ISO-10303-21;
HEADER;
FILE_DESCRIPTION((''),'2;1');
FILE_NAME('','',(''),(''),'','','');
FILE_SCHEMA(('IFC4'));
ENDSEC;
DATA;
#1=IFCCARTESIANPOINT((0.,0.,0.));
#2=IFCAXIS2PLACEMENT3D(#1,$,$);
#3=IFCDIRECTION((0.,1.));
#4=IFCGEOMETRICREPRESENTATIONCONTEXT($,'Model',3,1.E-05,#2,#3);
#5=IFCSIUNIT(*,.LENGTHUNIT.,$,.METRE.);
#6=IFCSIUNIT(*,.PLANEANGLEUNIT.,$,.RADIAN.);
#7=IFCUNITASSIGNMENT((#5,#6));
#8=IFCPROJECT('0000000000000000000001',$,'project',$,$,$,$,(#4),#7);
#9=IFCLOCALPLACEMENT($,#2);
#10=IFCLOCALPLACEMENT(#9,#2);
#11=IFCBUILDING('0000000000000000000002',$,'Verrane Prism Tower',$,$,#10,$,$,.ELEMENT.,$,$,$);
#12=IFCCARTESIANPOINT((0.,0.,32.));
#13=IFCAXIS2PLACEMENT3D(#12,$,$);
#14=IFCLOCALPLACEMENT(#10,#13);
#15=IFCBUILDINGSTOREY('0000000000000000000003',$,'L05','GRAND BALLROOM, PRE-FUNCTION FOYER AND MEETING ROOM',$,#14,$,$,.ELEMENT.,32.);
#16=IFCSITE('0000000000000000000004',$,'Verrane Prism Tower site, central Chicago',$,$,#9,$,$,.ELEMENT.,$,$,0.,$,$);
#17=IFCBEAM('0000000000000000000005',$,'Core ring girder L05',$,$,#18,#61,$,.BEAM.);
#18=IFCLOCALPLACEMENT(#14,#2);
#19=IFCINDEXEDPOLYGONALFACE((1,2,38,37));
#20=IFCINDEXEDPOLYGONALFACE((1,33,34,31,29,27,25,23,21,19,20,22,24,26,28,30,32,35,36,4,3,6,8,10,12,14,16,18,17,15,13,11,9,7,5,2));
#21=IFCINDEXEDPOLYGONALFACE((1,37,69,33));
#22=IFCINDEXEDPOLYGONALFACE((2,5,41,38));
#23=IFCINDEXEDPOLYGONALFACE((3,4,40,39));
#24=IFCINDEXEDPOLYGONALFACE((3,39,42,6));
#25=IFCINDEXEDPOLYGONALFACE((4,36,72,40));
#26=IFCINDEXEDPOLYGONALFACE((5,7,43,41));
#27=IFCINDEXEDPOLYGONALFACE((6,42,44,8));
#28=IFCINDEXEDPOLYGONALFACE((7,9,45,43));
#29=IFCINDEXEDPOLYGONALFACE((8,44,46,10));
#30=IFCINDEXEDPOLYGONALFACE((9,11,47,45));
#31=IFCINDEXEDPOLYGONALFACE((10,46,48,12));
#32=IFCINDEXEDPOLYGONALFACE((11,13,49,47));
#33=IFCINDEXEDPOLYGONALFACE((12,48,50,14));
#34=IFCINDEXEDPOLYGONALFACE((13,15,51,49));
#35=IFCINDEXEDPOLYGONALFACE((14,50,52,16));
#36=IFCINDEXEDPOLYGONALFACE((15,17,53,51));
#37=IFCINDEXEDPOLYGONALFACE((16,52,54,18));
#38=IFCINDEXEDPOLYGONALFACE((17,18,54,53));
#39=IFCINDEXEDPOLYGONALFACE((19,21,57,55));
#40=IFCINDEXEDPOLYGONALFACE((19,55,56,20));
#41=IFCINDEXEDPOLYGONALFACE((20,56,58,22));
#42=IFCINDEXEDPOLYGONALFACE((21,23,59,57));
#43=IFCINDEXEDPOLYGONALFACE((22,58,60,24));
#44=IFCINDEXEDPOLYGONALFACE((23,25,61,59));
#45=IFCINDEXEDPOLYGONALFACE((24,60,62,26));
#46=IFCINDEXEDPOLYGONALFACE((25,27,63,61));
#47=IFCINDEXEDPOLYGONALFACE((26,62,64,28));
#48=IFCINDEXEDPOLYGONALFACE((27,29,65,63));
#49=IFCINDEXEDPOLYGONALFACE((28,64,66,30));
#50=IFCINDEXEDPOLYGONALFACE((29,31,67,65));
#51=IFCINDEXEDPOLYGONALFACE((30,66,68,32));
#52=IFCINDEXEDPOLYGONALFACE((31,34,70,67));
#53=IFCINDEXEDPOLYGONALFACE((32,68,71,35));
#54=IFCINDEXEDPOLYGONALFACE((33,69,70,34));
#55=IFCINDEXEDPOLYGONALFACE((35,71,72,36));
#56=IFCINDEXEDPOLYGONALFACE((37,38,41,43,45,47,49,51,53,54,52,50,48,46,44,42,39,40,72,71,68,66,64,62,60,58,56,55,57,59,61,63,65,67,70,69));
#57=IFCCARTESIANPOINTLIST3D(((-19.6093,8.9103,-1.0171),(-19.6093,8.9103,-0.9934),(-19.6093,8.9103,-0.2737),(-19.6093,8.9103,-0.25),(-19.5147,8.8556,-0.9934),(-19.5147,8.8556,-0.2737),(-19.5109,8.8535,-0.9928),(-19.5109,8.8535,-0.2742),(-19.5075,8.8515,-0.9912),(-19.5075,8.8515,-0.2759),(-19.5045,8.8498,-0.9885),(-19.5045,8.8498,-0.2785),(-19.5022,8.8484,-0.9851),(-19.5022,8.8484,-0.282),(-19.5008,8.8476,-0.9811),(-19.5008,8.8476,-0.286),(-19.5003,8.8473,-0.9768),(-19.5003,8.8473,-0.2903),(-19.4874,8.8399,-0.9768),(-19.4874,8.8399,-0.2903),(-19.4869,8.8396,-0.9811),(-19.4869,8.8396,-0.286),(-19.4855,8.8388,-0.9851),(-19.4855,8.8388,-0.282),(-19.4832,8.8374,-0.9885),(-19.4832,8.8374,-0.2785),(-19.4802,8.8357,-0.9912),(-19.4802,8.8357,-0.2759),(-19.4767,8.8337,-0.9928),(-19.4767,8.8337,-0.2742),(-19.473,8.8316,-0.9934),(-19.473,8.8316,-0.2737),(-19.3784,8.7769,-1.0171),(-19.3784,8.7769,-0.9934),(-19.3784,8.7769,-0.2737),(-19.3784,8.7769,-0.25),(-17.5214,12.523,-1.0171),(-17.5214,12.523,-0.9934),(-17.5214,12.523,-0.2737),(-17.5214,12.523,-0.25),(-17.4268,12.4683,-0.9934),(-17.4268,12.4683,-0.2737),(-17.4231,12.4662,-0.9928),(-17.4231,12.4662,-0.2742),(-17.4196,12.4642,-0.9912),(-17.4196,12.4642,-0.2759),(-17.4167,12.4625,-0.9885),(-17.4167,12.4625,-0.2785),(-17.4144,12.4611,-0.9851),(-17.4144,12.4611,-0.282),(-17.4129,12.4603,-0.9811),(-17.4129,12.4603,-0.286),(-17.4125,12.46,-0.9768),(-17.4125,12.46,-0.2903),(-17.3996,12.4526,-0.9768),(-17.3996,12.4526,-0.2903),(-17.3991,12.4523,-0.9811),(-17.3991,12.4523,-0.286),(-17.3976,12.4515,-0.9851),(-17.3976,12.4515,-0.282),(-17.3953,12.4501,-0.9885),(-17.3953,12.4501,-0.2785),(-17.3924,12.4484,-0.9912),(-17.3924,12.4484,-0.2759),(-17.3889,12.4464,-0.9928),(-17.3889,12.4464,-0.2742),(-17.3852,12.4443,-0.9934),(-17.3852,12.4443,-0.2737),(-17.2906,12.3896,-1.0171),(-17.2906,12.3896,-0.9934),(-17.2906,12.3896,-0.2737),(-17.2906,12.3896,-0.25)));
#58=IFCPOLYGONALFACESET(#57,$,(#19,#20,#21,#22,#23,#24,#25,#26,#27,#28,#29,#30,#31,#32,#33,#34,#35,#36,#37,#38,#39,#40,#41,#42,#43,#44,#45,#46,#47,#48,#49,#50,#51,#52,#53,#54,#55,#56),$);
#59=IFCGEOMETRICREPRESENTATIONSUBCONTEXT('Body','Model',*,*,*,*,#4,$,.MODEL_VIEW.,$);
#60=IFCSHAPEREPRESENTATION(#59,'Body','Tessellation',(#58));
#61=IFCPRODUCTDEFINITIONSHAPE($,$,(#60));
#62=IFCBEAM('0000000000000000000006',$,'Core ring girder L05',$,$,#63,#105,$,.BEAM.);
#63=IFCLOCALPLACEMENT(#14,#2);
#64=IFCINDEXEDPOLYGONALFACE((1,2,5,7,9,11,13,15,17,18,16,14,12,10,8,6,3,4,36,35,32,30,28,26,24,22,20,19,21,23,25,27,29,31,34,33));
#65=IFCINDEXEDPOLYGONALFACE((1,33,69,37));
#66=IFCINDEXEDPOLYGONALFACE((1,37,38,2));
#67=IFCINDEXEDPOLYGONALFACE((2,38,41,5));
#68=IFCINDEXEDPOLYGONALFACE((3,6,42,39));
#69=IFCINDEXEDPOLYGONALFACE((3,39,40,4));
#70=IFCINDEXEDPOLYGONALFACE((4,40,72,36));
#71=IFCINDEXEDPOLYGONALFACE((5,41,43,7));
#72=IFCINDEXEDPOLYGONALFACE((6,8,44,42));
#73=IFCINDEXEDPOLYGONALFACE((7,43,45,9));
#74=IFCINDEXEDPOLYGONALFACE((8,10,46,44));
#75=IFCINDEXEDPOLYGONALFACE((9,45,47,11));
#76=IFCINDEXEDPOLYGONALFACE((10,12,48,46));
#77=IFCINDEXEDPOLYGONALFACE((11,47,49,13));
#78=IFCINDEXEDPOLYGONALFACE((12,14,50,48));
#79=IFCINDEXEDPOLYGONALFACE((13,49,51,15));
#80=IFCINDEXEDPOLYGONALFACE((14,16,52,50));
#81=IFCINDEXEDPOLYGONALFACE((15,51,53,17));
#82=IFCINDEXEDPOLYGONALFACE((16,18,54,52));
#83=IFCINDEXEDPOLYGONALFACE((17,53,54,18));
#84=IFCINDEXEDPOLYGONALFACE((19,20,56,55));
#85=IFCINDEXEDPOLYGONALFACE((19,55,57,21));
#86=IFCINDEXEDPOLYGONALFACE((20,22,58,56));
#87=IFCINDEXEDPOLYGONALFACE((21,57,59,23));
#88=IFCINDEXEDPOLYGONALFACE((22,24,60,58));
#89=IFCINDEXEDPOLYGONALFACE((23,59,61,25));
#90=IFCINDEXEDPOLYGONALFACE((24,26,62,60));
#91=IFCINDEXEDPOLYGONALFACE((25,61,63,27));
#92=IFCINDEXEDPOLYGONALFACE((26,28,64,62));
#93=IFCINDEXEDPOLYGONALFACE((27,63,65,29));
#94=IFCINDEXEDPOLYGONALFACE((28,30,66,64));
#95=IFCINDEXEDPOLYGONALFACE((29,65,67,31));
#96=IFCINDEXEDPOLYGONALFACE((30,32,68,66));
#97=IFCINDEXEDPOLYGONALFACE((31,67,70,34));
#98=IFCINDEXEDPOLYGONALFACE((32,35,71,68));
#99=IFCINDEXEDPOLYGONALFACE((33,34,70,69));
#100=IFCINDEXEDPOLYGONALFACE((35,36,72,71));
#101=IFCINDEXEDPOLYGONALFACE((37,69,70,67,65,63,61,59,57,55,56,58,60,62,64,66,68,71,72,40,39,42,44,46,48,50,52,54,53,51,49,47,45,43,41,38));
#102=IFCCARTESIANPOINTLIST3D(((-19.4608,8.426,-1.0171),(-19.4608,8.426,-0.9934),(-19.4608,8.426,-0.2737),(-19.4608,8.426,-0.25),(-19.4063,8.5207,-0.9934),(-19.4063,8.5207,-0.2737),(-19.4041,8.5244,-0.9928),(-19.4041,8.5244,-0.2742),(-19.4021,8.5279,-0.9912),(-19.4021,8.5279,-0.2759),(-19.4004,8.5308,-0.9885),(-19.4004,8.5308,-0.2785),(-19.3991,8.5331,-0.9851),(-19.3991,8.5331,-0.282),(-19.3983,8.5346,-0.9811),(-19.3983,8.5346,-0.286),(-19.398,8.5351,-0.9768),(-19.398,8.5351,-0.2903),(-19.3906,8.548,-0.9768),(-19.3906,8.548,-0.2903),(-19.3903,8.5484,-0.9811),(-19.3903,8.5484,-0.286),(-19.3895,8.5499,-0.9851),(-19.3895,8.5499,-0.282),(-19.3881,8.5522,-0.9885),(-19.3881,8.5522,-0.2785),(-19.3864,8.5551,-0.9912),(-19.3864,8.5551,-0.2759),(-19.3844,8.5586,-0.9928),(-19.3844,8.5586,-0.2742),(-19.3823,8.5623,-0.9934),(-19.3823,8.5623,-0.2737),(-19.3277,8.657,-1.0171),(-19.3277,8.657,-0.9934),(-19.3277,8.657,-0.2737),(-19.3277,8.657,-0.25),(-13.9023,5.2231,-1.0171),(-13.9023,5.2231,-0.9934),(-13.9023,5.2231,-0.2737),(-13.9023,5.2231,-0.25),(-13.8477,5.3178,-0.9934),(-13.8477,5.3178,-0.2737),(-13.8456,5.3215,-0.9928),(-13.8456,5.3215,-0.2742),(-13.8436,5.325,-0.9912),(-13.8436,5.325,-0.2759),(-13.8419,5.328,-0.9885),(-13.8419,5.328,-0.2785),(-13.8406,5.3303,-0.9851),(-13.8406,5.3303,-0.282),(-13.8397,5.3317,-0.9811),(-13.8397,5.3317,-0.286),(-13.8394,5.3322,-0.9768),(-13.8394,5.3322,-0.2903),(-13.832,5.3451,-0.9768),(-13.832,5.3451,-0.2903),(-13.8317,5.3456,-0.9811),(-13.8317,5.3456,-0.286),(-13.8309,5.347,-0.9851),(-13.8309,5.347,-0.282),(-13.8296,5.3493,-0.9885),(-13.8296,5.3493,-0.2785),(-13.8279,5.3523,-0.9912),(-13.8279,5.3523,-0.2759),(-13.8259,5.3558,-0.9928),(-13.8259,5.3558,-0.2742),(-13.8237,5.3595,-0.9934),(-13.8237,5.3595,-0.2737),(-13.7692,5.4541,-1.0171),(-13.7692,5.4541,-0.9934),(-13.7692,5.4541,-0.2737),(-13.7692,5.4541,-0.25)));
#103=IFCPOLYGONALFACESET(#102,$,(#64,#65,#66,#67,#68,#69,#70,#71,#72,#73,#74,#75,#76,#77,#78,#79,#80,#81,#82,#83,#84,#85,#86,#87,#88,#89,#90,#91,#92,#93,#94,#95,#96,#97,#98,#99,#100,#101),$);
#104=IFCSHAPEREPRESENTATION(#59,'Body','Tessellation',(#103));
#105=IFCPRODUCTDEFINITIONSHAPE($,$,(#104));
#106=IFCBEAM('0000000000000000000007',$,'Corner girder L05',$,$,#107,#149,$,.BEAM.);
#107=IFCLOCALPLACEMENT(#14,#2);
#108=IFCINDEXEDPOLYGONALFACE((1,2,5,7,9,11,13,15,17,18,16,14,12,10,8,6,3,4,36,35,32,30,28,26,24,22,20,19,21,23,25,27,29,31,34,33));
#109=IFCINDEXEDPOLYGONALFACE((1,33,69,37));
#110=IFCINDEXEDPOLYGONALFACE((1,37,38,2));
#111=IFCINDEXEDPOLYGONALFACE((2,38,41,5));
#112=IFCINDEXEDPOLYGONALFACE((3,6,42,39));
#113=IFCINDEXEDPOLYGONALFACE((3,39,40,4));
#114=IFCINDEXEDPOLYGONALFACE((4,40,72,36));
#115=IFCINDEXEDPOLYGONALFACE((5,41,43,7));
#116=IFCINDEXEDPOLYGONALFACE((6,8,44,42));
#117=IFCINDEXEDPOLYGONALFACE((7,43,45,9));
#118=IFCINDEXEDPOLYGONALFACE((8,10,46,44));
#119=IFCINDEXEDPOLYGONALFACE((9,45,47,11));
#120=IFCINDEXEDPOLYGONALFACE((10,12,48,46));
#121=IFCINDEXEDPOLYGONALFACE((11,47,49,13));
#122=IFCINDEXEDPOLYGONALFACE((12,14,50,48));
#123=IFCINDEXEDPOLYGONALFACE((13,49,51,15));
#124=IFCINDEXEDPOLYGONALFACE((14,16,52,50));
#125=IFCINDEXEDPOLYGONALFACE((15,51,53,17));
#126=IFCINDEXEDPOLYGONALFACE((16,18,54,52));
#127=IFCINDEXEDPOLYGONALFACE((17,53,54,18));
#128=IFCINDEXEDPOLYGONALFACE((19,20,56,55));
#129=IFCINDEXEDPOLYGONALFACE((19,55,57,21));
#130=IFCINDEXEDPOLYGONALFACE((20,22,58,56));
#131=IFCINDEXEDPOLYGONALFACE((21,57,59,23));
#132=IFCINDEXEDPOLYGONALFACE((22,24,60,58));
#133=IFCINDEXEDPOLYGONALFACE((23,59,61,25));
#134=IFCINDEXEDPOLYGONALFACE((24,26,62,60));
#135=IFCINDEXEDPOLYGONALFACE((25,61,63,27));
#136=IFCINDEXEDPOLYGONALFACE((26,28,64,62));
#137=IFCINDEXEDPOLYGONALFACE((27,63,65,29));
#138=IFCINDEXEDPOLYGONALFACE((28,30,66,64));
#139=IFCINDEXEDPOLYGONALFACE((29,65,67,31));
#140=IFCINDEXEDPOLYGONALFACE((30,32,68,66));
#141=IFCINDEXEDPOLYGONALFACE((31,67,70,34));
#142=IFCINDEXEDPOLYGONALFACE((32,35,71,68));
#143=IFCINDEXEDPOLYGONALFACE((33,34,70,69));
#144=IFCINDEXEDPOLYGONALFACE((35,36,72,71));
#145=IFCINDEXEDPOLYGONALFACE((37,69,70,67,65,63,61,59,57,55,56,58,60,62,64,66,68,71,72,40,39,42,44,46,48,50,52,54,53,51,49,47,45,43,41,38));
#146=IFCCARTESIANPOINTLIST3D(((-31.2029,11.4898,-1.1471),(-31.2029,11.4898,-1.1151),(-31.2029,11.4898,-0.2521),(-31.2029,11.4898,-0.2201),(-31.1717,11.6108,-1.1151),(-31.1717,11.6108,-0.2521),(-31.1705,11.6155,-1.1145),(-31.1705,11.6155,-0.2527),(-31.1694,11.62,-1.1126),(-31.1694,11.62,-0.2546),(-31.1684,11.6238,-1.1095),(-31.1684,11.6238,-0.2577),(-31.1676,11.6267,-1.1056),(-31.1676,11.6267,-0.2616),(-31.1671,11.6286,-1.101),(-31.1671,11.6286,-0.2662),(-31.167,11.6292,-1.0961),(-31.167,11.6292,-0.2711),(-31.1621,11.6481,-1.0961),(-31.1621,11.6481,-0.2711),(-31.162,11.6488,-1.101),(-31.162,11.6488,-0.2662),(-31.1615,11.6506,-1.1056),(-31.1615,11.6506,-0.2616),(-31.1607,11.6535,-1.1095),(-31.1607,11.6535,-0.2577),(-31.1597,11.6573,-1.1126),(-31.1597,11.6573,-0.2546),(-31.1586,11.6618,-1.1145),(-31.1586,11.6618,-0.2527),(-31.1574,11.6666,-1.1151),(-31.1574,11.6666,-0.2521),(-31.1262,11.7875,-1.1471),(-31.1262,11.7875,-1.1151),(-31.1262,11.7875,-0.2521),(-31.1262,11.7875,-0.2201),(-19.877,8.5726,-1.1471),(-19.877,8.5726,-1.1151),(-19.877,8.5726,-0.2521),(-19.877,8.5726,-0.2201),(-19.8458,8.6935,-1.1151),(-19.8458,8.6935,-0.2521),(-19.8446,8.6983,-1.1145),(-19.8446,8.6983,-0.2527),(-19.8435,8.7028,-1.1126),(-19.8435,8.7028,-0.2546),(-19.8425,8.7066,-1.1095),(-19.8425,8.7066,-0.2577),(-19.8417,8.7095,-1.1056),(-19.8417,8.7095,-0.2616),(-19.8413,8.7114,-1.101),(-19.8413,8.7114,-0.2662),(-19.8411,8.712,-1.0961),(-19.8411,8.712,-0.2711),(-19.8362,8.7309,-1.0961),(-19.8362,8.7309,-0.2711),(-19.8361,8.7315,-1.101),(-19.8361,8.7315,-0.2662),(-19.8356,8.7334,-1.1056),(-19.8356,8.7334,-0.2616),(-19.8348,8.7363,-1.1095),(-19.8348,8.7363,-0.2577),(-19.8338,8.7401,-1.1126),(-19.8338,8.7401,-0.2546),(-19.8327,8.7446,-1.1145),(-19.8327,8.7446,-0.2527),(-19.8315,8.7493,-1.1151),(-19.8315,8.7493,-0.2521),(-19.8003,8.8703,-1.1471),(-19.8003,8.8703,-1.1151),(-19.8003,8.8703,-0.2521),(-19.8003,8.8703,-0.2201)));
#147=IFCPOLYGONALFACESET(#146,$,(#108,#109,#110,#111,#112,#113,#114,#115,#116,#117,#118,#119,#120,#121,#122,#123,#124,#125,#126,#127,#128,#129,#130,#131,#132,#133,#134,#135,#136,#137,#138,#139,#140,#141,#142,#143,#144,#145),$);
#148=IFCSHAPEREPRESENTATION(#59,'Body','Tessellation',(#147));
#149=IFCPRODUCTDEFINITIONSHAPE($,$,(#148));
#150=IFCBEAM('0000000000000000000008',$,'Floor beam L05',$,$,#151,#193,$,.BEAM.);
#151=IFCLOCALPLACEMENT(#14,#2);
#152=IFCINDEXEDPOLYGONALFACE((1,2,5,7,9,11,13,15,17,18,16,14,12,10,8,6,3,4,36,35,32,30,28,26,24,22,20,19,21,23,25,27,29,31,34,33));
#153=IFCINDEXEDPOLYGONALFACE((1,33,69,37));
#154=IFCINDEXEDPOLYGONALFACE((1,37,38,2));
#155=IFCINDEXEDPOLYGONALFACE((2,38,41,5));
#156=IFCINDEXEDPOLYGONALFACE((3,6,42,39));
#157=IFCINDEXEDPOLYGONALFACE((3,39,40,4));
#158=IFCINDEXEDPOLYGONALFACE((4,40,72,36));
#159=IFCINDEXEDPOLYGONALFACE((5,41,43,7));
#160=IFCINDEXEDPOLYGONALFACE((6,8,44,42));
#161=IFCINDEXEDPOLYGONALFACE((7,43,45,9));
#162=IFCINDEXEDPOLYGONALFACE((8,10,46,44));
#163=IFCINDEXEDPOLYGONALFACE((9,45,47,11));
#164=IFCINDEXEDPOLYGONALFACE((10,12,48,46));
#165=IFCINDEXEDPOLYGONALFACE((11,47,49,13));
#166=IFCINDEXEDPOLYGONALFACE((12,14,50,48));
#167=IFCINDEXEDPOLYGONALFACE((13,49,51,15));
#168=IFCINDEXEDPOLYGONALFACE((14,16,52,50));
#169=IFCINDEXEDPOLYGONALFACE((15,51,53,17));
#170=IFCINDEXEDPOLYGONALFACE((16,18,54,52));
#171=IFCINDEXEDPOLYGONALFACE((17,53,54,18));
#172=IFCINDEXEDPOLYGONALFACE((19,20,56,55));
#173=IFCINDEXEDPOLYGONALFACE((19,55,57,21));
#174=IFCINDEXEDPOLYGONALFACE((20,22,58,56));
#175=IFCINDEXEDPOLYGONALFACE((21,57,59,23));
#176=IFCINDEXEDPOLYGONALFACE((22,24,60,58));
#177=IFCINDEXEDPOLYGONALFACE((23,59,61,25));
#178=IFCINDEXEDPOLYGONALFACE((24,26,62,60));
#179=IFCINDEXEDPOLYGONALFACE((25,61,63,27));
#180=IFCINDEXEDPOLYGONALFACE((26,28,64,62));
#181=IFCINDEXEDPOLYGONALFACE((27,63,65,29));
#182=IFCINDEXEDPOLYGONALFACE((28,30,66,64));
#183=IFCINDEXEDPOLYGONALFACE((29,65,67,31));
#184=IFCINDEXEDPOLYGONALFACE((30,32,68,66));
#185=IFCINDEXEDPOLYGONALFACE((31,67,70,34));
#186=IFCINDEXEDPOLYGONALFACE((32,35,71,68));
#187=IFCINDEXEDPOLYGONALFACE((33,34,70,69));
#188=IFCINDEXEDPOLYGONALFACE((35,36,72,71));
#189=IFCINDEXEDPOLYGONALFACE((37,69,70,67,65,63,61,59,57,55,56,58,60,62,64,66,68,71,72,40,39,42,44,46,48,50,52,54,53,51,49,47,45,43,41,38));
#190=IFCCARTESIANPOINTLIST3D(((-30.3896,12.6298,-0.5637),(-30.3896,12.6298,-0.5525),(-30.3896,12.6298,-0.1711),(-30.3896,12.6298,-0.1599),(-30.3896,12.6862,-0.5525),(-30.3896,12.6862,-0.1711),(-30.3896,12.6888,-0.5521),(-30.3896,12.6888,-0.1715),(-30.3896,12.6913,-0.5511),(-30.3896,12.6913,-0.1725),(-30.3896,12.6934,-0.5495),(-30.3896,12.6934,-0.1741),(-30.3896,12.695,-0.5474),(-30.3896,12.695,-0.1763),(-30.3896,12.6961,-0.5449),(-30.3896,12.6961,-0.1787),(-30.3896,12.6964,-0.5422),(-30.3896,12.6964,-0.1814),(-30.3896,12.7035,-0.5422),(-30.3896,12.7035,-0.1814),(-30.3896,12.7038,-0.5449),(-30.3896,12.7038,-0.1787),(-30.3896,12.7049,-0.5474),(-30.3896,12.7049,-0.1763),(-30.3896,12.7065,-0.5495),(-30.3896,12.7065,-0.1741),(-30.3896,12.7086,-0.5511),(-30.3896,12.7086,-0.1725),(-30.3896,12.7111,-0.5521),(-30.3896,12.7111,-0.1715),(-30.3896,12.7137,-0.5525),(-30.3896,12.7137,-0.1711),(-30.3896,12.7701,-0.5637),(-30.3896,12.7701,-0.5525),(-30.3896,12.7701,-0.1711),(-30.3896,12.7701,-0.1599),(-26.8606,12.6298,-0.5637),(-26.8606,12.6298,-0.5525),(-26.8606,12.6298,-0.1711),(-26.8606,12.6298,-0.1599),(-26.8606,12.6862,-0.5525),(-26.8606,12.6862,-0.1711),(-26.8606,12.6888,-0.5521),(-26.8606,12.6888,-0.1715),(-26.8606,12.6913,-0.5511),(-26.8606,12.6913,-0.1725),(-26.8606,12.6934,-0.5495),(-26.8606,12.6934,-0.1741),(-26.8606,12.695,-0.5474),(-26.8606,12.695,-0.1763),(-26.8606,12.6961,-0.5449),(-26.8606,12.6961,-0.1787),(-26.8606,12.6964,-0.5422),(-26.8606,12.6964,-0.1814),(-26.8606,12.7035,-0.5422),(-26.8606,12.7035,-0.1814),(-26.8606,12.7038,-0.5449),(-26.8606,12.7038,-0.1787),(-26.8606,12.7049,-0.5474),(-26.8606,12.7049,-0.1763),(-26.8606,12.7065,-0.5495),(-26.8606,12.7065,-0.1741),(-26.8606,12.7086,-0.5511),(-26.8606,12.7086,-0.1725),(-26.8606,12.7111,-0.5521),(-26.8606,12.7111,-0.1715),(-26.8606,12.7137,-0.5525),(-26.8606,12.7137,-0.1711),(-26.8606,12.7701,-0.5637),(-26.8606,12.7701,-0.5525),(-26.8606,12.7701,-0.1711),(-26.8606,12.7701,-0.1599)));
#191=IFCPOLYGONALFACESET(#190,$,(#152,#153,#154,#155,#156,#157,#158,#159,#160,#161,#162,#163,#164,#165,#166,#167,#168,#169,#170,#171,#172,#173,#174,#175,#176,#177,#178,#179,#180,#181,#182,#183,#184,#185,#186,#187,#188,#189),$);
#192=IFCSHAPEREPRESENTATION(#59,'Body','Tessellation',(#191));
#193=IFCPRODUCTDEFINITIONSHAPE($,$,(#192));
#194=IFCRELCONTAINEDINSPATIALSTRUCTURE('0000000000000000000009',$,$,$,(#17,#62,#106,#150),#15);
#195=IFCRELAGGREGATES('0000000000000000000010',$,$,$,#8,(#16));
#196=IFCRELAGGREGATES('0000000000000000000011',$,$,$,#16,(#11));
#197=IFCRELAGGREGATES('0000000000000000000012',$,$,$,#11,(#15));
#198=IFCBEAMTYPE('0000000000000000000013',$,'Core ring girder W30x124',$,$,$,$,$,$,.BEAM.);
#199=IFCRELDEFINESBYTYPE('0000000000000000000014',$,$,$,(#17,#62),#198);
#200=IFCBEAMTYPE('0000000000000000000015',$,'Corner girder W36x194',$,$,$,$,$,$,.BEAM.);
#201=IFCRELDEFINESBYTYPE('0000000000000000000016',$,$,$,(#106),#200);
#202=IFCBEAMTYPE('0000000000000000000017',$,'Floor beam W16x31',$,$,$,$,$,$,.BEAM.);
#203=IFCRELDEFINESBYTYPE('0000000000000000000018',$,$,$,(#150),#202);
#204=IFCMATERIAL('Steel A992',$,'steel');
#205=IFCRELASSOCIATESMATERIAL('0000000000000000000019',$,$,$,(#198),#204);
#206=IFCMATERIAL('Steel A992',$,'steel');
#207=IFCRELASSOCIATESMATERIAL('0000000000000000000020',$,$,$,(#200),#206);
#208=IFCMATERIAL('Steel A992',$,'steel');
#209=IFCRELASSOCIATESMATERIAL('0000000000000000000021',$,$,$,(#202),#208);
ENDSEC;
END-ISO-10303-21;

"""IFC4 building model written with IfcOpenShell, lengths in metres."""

from ifc_helpers import new_model, si_unit, direction, frame, origin, origin_2d, place, context, subcontext, project, spatial, i_section, extrude, material, material_profile, profile_set, type_object, element, save


model = new_model("IFC4")

# Units and contexts
model_context = context("Model", 3, precision=1e-05, world=origin(), true_north=direction((0.0, 1.0)))
body_context = subcontext(model_context, "Body", "Model", "MODEL_VIEW")
ifc_project = project(units=[si_unit("LENGTHUNIT", "METRE"), si_unit("PLANEANGLEUNIT", "RADIAN")], contexts=[model_context])

# Site, building, storey
site_placement = place(None, origin())
site = spatial("IfcSite", under=ifc_project, at=site_placement, Name="Verrane Prism Tower site, central Chicago", CompositionType="ELEMENT", RefElevation=0.0)
building_placement = place(site_placement, origin())
building = spatial("IfcBuilding", under=site, at=building_placement, Name="Verrane Prism Tower", CompositionType="ELEMENT")
storey_placement = place(building_placement, frame((0.0, 0.0, 32.0)))
storey = spatial("IfcBuildingStorey", under=building, at=storey_placement, Name="L05", Description="GRAND BALLROOM, PRE-FUNCTION FOYER AND MEETING ROOM", CompositionType="ELEMENT", Elevation=32.0)

# Beams
ifc_material_1 = material(Name="Steel A992", Category="steel")
ifc_material_profile_1 = material_profile(ifc_material_1, i_section(OverallWidth=0.2666, OverallDepth=0.7671, WebThickness=0.0149, FlangeThickness=0.0237, FilletRadius=0.0166, at=origin_2d()), Name="W30x124")
ifc_profile_set_1 = profile_set([ifc_material_profile_1], Name="Steel A992")
beam_type_1 = type_object("IfcBeamType", Name="Core ring girder W30x124", PredefinedType="BEAM", material=ifc_profile_set_1)
beam_1_placement = place(storey_placement, frame((-17.406, 12.4563, -0.6335), z_axis=(-0.500367, -0.865813, 0.0), x_axis=(0.865813, -0.500367, 0.0)))
element("IfcBeam", 1, at=beam_1_placement, inside=storey, type_object=beam_type_1, Name="Core ring girder L05", PredefinedType="BEAM", context=body_context, shape_type="SweptSolid", body=[
    extrude(i_section(OverallWidth=0.2666, OverallDepth=0.7671, WebThickness=0.0149, FlangeThickness=0.0237, FilletRadius=0.0166, at=origin_2d()), origin(), (0.0, 0.0, 1.0), 4.1726),
])
beam_2_placement = place(storey_placement, frame((-19.3943, 8.5415, -0.6335), z_axis=(0.866455, -0.499255, 0.0), x_axis=(0.499255, 0.866455, 0.0)))
element("IfcBeam", 2, at=beam_2_placement, inside=storey, type_object=beam_type_1, Name="Core ring girder L05", PredefinedType="BEAM", context=body_context, shape_type="SweptSolid", body=[
    extrude(i_section(OverallWidth=0.2666, OverallDepth=0.7671, WebThickness=0.0149, FlangeThickness=0.0237, FilletRadius=0.0166, at=origin_2d()), origin(), (0.0, 0.0, 1.0), 6.4153),
])
ifc_material_2 = material(Name="Steel A992", Category="steel")
ifc_material_profile_2 = material_profile(ifc_material_2, i_section(OverallWidth=0.3074, OverallDepth=0.927, WebThickness=0.0195, FlangeThickness=0.032, FilletRadius=0.019, at=origin_2d()), Name="W36x194")
ifc_profile_set_2 = profile_set([ifc_material_profile_2], Name="Steel A992")
beam_type_2 = type_object("IfcBeamType", Name="Corner girder W36x194", PredefinedType="BEAM", material=ifc_profile_set_2)
beam_3_placement = place(storey_placement, frame((-31.1646, 11.6387, -0.6836), z_axis=(0.968393, -0.24943, 0.0), x_axis=(0.24943, 0.968393, 0.0)))
element("IfcBeam", 3, at=beam_3_placement, inside=storey, type_object=beam_type_2, Name="Corner girder L05", PredefinedType="BEAM", context=body_context, shape_type="SweptSolid", body=[
    extrude(i_section(OverallWidth=0.3074, OverallDepth=0.927, WebThickness=0.0195, FlangeThickness=0.032, FilletRadius=0.019, at=origin_2d()), origin(), (0.0, 0.0, 1.0), 11.6956),
])
ifc_material_3 = material(Name="Steel A992", Category="steel")
ifc_material_profile_3 = material_profile(ifc_material_3, i_section(OverallWidth=0.1404, OverallDepth=0.4038, WebThickness=0.0071, FlangeThickness=0.0112, FilletRadius=0.0103, at=origin_2d()), Name="W16x31")
ifc_profile_set_3 = profile_set([ifc_material_profile_3], Name="Steel A992")
beam_type_3 = type_object("IfcBeamType", Name="Floor beam W16x31", PredefinedType="BEAM", material=ifc_profile_set_3)
beam_4_placement = place(storey_placement, frame((-30.3896, 12.7, -0.3618), z_axis=(1.0, 0.0, 0.0), x_axis=(0.0, 1.0, 0.0)))
element("IfcBeam", 4, at=beam_4_placement, inside=storey, type_object=beam_type_3, Name="Floor beam L05", PredefinedType="BEAM", context=body_context, shape_type="SweptSolid", body=[
    extrude(i_section(OverallWidth=0.1404, OverallDepth=0.4038, WebThickness=0.0071, FlangeThickness=0.0112, FilletRadius=0.0103, at=origin_2d()), origin(), (0.0, 0.0, 1.0), 3.5291),
])

save(model, "model.ifc")
